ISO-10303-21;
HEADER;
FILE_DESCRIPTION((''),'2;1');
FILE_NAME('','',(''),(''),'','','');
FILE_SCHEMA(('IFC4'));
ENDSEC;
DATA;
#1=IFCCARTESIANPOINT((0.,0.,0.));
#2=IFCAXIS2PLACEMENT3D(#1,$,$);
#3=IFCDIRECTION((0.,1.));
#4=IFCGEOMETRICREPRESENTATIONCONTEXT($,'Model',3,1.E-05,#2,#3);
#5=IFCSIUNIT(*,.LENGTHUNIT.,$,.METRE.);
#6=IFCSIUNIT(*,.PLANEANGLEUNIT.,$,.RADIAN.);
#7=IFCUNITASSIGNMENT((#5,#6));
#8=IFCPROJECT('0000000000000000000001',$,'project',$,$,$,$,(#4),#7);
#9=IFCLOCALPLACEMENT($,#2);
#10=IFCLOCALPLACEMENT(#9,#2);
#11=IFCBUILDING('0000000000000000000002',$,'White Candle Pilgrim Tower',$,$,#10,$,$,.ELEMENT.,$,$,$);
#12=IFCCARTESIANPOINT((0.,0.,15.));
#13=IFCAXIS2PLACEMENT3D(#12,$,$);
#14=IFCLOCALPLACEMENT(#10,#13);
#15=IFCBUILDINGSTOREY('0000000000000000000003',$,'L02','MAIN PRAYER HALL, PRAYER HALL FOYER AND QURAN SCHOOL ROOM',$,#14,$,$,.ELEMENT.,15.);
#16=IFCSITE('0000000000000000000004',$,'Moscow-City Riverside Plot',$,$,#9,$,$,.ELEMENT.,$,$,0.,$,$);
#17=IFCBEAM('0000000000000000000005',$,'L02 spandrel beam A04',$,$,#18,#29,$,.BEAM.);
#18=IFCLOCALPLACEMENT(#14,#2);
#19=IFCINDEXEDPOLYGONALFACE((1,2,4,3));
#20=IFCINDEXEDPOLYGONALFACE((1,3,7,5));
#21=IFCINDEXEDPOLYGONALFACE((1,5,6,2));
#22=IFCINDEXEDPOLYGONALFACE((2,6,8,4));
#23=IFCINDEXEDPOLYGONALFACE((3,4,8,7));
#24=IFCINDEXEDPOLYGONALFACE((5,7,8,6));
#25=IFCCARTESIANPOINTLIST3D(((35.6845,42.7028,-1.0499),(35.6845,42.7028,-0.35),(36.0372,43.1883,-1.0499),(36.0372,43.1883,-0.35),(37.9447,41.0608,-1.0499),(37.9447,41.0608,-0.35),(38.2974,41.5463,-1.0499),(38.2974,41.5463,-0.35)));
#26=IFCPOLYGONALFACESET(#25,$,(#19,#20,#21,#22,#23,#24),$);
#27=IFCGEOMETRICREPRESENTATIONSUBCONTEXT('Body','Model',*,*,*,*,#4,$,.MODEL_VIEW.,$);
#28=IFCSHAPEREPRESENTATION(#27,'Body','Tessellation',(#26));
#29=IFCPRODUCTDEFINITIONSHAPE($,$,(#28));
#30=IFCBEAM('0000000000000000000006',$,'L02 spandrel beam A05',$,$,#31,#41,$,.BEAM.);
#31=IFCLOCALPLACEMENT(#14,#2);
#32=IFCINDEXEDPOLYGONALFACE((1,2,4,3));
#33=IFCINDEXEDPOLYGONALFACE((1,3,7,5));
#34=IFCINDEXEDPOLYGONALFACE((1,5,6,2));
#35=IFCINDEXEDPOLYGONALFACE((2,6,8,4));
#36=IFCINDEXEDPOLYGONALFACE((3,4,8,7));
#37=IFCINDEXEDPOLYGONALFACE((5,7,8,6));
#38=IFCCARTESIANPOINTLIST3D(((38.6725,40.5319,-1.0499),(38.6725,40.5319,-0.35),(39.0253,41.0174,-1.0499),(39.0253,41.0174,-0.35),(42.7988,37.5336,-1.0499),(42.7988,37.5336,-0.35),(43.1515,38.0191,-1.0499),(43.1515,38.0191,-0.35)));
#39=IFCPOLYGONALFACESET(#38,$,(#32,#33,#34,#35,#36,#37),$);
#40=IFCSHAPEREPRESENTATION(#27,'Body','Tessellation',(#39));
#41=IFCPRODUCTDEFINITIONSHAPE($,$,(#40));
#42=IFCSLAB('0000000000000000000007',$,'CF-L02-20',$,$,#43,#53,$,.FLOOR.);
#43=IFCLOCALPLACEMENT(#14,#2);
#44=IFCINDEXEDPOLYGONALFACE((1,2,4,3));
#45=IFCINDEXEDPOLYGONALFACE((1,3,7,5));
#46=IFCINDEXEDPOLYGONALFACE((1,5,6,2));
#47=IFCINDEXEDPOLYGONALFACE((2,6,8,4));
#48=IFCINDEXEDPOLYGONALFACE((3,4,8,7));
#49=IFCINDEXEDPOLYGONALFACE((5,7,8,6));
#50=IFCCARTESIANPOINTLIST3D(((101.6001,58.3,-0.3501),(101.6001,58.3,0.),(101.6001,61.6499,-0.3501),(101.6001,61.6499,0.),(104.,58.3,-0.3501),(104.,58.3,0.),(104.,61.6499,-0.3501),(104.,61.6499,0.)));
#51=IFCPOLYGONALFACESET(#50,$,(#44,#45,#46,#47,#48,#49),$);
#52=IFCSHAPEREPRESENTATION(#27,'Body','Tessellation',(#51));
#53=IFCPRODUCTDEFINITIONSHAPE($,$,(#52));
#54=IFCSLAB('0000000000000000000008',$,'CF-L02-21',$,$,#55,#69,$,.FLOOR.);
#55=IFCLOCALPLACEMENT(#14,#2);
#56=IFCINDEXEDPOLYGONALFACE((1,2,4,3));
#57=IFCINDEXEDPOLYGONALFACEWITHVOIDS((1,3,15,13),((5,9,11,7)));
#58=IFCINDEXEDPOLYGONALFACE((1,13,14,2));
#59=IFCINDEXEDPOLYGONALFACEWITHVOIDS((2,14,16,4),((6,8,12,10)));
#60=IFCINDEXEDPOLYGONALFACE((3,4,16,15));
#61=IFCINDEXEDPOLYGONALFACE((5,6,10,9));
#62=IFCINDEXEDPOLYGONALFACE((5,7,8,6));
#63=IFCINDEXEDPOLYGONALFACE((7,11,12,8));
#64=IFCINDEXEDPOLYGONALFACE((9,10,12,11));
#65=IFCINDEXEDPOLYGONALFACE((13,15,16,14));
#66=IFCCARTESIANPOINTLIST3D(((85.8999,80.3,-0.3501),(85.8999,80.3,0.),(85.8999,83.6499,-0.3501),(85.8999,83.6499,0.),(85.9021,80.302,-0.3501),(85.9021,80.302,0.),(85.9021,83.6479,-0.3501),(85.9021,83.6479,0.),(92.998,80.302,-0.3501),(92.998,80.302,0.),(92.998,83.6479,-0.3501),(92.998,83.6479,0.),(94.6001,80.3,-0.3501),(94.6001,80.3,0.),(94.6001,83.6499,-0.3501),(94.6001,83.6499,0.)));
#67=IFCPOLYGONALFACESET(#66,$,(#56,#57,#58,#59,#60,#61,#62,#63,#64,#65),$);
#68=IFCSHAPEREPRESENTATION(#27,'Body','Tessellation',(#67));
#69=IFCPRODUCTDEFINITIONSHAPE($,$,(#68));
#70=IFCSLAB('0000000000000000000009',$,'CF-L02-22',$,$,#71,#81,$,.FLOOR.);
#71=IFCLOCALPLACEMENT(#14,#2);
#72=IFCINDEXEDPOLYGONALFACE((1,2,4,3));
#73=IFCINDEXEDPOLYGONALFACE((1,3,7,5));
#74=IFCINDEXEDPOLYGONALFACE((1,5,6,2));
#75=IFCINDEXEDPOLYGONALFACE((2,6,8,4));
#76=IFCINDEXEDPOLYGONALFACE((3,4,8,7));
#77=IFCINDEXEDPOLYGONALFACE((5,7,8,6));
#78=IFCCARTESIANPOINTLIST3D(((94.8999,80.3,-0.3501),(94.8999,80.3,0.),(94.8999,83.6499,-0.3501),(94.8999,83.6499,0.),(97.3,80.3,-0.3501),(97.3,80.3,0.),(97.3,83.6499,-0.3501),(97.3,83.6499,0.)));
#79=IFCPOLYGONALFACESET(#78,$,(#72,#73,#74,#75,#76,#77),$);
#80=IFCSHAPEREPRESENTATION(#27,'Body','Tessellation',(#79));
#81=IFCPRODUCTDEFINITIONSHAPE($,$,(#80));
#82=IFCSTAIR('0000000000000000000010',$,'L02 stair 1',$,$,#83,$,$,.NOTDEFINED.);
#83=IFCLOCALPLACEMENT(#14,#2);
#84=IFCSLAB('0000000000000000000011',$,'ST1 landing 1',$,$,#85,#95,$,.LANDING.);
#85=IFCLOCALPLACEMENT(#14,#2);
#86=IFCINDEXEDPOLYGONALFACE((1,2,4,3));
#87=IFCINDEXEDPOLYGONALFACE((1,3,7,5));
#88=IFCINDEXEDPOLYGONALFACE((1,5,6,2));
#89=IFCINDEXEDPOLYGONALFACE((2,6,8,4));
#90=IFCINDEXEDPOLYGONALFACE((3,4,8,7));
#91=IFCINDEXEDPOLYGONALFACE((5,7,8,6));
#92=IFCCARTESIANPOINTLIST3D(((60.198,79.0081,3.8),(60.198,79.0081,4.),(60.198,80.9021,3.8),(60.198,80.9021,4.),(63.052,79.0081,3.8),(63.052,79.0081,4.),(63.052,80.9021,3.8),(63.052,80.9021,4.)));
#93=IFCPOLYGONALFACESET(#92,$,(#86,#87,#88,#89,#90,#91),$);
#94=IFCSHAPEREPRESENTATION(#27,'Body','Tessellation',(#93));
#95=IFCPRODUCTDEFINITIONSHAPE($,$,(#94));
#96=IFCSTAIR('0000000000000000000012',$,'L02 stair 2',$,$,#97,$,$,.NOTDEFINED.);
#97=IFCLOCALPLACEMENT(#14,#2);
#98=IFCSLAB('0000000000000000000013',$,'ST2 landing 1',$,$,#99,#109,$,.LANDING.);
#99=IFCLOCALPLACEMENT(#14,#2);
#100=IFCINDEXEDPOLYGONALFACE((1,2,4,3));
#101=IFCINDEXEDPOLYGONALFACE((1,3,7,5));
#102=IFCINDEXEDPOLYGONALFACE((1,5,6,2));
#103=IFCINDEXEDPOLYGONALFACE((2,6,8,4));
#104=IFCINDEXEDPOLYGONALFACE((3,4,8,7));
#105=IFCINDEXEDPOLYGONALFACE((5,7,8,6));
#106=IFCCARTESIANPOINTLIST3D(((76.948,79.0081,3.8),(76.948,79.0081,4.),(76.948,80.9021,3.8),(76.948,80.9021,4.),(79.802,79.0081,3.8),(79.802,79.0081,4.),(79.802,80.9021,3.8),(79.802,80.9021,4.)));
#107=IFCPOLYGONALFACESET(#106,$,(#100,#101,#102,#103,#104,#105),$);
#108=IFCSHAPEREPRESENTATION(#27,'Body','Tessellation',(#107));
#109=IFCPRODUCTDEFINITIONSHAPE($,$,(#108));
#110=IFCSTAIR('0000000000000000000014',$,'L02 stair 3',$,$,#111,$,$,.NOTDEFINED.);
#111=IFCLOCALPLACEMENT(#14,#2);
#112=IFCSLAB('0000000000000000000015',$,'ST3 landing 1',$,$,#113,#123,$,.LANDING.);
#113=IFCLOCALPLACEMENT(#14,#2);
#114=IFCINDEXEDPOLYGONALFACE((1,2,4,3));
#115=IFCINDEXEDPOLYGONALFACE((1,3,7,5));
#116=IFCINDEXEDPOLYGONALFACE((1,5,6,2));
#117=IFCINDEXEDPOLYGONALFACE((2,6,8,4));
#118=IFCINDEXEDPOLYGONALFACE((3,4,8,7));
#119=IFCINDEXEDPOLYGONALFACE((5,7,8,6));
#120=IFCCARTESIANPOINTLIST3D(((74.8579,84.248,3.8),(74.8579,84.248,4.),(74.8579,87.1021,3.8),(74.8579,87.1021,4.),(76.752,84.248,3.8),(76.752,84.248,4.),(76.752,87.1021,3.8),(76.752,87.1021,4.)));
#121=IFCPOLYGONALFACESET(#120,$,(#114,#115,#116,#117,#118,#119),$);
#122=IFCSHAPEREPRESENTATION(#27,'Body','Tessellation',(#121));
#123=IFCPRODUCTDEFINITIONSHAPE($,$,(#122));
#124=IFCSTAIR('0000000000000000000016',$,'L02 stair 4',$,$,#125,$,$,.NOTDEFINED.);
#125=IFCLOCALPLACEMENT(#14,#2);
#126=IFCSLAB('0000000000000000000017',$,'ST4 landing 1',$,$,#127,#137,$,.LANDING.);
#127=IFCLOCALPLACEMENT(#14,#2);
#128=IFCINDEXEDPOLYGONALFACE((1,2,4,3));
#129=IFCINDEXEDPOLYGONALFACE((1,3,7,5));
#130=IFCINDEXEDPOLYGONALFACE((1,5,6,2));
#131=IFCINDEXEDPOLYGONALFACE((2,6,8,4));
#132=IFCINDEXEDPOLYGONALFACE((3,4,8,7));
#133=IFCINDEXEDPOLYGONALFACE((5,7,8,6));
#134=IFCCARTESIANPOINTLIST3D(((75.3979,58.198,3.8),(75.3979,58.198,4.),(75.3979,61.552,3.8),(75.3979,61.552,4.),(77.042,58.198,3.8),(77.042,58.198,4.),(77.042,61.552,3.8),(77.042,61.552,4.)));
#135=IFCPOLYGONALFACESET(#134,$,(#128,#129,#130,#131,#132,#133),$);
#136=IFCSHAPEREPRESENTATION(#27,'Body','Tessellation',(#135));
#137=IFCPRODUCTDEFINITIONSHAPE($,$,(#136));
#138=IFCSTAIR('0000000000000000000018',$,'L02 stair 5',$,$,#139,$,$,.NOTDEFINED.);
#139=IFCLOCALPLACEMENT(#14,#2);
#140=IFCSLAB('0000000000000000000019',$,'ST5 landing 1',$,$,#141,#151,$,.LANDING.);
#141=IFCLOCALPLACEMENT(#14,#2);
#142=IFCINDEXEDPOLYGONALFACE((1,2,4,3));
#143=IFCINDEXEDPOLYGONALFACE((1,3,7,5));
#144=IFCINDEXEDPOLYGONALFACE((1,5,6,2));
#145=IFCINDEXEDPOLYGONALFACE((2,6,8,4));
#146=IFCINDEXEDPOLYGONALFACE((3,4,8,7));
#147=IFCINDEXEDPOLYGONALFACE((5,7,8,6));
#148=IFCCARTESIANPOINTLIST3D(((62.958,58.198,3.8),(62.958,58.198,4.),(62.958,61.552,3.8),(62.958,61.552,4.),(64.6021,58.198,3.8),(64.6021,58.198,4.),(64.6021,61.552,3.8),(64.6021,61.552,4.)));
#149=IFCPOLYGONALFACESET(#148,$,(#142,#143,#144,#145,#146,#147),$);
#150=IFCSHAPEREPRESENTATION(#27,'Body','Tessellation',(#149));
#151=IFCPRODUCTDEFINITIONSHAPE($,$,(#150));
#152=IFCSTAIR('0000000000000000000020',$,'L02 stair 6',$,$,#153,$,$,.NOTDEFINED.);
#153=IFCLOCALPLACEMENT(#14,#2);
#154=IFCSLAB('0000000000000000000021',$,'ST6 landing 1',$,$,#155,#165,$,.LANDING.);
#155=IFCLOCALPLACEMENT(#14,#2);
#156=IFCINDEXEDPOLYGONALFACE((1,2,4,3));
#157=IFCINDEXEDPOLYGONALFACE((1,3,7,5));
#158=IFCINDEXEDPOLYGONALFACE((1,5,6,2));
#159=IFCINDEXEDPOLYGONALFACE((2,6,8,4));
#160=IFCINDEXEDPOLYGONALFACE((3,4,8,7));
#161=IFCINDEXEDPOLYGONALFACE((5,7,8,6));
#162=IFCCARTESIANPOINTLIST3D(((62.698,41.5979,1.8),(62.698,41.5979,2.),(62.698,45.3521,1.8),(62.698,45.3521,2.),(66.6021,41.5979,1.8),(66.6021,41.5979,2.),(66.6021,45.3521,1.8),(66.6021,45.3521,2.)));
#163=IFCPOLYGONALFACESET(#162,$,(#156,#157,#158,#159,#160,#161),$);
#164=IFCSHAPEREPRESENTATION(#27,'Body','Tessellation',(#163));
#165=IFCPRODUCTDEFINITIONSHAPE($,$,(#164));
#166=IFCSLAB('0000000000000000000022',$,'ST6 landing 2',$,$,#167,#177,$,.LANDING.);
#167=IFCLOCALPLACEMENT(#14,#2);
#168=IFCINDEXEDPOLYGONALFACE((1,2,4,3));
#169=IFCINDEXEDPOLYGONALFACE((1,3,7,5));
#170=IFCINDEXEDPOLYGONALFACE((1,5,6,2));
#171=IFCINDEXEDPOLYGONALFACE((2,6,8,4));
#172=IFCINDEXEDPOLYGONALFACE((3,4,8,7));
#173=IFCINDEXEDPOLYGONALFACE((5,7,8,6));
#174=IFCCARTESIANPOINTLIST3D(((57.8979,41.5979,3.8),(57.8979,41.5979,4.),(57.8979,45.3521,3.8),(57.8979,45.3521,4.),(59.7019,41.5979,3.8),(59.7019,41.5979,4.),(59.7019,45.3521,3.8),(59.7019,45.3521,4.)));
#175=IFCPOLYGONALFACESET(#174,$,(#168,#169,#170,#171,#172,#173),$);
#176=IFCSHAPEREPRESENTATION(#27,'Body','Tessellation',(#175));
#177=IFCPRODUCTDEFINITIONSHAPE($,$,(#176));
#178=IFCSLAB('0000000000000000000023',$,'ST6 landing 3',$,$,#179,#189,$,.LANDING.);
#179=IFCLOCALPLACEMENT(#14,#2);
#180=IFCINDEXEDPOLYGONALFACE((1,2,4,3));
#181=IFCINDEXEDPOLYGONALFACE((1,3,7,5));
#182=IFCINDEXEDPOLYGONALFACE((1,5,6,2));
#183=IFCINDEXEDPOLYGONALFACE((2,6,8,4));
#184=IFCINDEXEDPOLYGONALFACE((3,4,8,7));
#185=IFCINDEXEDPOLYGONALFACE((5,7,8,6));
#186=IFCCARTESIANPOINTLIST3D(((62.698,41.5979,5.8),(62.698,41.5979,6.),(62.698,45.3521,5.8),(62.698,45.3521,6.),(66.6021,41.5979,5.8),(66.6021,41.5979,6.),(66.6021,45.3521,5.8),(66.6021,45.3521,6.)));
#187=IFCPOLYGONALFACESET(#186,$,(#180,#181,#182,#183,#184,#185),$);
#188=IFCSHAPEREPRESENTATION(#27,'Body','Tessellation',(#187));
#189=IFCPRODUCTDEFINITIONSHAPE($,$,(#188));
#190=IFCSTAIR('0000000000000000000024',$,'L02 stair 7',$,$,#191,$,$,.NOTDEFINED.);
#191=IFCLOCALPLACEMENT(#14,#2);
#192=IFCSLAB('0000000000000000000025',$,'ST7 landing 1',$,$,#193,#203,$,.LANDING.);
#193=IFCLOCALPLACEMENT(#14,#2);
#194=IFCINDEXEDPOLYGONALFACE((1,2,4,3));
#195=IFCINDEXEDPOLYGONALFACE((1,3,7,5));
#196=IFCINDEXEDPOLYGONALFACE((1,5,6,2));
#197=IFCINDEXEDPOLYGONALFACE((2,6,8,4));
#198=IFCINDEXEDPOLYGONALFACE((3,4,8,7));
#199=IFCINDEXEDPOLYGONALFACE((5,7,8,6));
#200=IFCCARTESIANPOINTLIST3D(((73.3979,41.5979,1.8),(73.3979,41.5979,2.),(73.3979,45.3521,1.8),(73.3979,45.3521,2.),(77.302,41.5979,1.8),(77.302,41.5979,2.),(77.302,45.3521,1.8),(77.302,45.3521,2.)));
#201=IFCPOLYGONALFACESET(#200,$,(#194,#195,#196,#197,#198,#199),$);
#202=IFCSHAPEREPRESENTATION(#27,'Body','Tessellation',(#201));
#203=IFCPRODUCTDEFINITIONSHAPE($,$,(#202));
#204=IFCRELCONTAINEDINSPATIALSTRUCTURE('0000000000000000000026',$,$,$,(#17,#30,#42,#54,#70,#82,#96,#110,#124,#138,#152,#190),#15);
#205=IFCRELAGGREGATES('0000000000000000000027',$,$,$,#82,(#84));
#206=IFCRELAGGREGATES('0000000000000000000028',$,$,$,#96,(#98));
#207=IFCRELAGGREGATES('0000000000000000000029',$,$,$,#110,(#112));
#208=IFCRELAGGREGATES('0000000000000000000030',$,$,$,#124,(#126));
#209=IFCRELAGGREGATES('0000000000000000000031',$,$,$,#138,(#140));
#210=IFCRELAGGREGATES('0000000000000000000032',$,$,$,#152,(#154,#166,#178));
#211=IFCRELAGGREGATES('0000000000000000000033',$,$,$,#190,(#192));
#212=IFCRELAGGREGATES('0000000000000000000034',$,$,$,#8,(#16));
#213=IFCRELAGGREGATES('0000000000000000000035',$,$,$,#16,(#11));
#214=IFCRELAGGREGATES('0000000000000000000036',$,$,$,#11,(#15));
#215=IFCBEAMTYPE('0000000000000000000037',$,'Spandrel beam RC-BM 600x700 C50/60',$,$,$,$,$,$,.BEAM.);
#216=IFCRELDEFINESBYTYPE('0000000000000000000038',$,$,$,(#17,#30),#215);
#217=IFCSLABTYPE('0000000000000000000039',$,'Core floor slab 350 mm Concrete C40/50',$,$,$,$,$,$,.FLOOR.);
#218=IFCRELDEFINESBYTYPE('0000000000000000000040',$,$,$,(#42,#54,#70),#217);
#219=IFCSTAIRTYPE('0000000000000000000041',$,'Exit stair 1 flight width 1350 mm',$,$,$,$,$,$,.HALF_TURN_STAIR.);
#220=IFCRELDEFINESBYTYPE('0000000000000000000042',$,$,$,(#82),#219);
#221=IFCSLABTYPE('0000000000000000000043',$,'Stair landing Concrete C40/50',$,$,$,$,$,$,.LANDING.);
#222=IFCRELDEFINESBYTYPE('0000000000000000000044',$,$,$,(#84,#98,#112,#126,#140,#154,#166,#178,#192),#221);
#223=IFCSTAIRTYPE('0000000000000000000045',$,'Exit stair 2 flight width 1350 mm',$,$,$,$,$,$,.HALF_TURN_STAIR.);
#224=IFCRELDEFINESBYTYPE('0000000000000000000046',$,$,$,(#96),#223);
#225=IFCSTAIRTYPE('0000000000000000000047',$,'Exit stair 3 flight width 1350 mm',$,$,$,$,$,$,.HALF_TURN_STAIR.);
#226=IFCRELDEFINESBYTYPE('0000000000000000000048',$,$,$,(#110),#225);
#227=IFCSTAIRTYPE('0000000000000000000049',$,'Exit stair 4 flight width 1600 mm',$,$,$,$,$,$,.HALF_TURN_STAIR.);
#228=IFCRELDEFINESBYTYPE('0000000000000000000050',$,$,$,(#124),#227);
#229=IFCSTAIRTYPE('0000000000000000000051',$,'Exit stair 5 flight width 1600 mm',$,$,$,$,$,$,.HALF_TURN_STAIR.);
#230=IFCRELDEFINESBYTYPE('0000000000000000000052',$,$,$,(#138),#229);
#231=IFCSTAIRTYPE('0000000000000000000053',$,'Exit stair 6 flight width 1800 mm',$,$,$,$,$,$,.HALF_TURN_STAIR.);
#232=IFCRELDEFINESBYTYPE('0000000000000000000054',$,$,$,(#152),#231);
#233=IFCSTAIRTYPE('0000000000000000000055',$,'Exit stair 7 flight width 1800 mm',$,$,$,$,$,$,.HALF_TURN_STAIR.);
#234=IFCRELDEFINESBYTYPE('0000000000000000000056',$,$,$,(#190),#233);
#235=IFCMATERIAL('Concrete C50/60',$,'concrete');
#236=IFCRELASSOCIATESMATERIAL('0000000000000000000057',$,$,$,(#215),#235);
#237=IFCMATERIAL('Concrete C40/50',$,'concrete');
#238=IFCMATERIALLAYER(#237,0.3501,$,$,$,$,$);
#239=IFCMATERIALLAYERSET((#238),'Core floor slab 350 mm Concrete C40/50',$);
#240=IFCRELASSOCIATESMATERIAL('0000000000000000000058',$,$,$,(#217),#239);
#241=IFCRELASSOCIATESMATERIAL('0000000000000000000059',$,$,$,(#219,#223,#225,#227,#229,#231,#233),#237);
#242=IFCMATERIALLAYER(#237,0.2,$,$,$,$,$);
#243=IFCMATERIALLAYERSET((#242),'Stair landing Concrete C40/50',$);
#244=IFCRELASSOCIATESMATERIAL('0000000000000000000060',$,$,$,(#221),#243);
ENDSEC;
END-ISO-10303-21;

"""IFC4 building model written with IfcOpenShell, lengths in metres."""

from ifc_helpers import new_model, si_unit, direction, frame, origin, origin_2d, place, context, subcontext, project, spatial, polyline, rectangle, outline, extrude, material, layer, layer_set, material_profile, profile_set, type_object, element, aggregate, save


model = new_model("IFC4")

# Units and contexts
model_context = context("Model", 3, precision=1e-05, world=origin(), true_north=direction((0.0, 1.0)))
body_context = subcontext(model_context, "Body", "Model", "MODEL_VIEW")
ifc_project = project(units=[si_unit("LENGTHUNIT", "METRE"), si_unit("PLANEANGLEUNIT", "RADIAN")], contexts=[model_context])

# Site, building, storey
site_placement = place(None, origin())
site = spatial("IfcSite", under=ifc_project, at=site_placement, Name="Moscow-City Riverside Plot", CompositionType="ELEMENT", RefElevation=0.0)
building_placement = place(site_placement, origin())
building = spatial("IfcBuilding", under=site, at=building_placement, Name="White Candle Pilgrim Tower", CompositionType="ELEMENT")
storey_placement = place(building_placement, frame((0.0, 0.0, 15.0)))
storey = spatial("IfcBuildingStorey", under=building, at=storey_placement, Name="L02", Description="MAIN PRAYER HALL, PRAYER HALL FOYER AND QURAN SCHOOL ROOM", CompositionType="ELEMENT", Elevation=15.0)

# Beams
ifc_material_1 = material(Name="Concrete C50/60", Category="concrete")
ifc_material_profile = material_profile(ifc_material_1, rectangle(XDim=0.6001, YDim=0.7, at=origin_2d()), Name="RC-BM 600x700")
ifc_profile_set = profile_set([ifc_material_profile], Name="Concrete C50/60")
beam_type = type_object("IfcBeamType", Name="Spandrel beam RC-BM 600x700 C50/60", PredefinedType="BEAM", material=ifc_profile_set)
beam_1_placement = place(storey_placement, frame((35.8608, 42.9456, -0.7), z_axis=(0.809031, -0.587766, 0.0), x_axis=(0.587766, 0.809031, 0.0)))
element("IfcBeam", 1, at=beam_1_placement, inside=storey, type_object=beam_type, Name="L02 spandrel beam A04", PredefinedType="BEAM", context=body_context, shape_type="SweptSolid", body=[
    extrude(rectangle(XDim=0.6001, YDim=0.7, at=origin_2d()), origin(), (0.0, 0.0, 1.0), 2.7937),
])
beam_2_placement = place(storey_placement, frame((38.8489, 40.7747, -0.7), z_axis=(0.808978, -0.587839, 0.0), x_axis=(0.587839, 0.808978, 0.0)))
element("IfcBeam", 2, at=beam_2_placement, inside=storey, type_object=beam_type, Name="L02 spandrel beam A05", PredefinedType="BEAM", context=body_context, shape_type="SweptSolid", body=[
    extrude(rectangle(XDim=0.6001, YDim=0.7, at=origin_2d()), origin(), (0.0, 0.0, 1.0), 5.1006),
])

# Slabs
ifc_material_2 = material(Name="Concrete C40/50", Category="concrete")
ifc_layer_1 = layer(ifc_material_2, 0.3501)
ifc_layer_set_1 = layer_set([ifc_layer_1], Name="Core floor slab 350 mm Concrete C40/50")
slab_type_1 = type_object("IfcSlabType", Name="Core floor slab 350 mm Concrete C40/50", PredefinedType="FLOOR", material=ifc_layer_set_1)
slab_1_placement = place(storey_placement, frame((0.0, 0.0, -0.3501)))
element("IfcSlab", 3, at=slab_1_placement, inside=storey, type_object=slab_type_1, Name="CF-L02-20", PredefinedType="FLOOR", context=body_context, shape_type="SweptSolid", body=[
    extrude(outline(polyline([(101.6001, 61.6499), (104.0, 61.6499), (104.0, 58.3), (101.6001, 58.3), (101.6001, 61.6499)])), origin(), (0.0, 0.0, 1.0), 0.3501),
])
slab_2_placement = place(storey_placement, frame((0.0, 0.0, -0.3501)))
element("IfcSlab", 4, at=slab_2_placement, inside=storey, type_object=slab_type_1, Name="CF-L02-21", PredefinedType="FLOOR", context=body_context, shape_type="SweptSolid", body=[
    extrude(outline(polyline([(94.6001, 83.6499), (94.6001, 80.3), (85.8999, 80.3), (85.8999, 83.6499), (94.6001, 83.6499)]), holes=[polyline([(85.9021, 80.302), (92.998, 80.302), (92.998, 83.6479), (85.9021, 83.6479), (85.9021, 80.302)])]), origin(), (0.0, 0.0, 1.0), 0.3501),
])
slab_3_placement = place(storey_placement, frame((0.0, 0.0, -0.3501)))
element("IfcSlab", 5, at=slab_3_placement, inside=storey, type_object=slab_type_1, Name="CF-L02-22", PredefinedType="FLOOR", context=body_context, shape_type="SweptSolid", body=[
    extrude(outline(polyline([(97.3, 83.6499), (97.3, 80.3), (94.8999, 80.3), (94.8999, 83.6499), (97.3, 83.6499)])), origin(), (0.0, 0.0, 1.0), 0.3501),
])

# Stairs, slabs
stair_type_1 = type_object("IfcStairType", Name="Exit stair 1 flight width 1350 mm", PredefinedType="HALF_TURN_STAIR", material=ifc_material_2)
stair_1_placement = place(storey_placement, origin())
stair_1 = element("IfcStair", 6, at=stair_1_placement, inside=storey, type_object=stair_type_1, Name="L02 stair 1", PredefinedType="NOTDEFINED")
ifc_layer_2 = layer(ifc_material_2, 0.2)
ifc_layer_set_2 = layer_set([ifc_layer_2], Name="Stair landing Concrete C40/50")
slab_type_2 = type_object("IfcSlabType", Name="Stair landing Concrete C40/50", PredefinedType="LANDING", material=ifc_layer_set_2)
slab_4_placement = place(storey_placement, frame((0.0, 0.0, 3.8)))
slab_4 = element("IfcSlab", 7, at=slab_4_placement, type_object=slab_type_2, Name="ST1 landing 1", PredefinedType="LANDING", context=body_context, shape_type="SweptSolid", body=[
    extrude(outline(polyline([(63.052, 79.0081), (60.198, 79.0081), (60.198, 80.9021), (63.052, 80.9021), (63.052, 79.0081)])), origin(), (0.0, 0.0, 1.0), 0.2),
])
aggregate(stair_1, [slab_4])
stair_type_2 = type_object("IfcStairType", Name="Exit stair 2 flight width 1350 mm", PredefinedType="HALF_TURN_STAIR", material=ifc_material_2)
stair_2_placement = place(storey_placement, origin())
stair_2 = element("IfcStair", 8, at=stair_2_placement, inside=storey, type_object=stair_type_2, Name="L02 stair 2", PredefinedType="NOTDEFINED")
slab_5_placement = place(storey_placement, frame((0.0, 0.0, 3.8)))
slab_5 = element("IfcSlab", 9, at=slab_5_placement, type_object=slab_type_2, Name="ST2 landing 1", PredefinedType="LANDING", context=body_context, shape_type="SweptSolid", body=[
    extrude(outline(polyline([(79.802, 79.0081), (76.948, 79.0081), (76.948, 80.9021), (79.802, 80.9021), (79.802, 79.0081)])), origin(), (0.0, 0.0, 1.0), 0.2),
])
aggregate(stair_2, [slab_5])
stair_type_3 = type_object("IfcStairType", Name="Exit stair 3 flight width 1350 mm", PredefinedType="HALF_TURN_STAIR", material=ifc_material_2)
stair_3_placement = place(storey_placement, origin())
stair_3 = element("IfcStair", 10, at=stair_3_placement, inside=storey, type_object=stair_type_3, Name="L02 stair 3", PredefinedType="NOTDEFINED")
slab_6_placement = place(storey_placement, frame((0.0, 0.0, 3.8)))
slab_6 = element("IfcSlab", 11, at=slab_6_placement, type_object=slab_type_2, Name="ST3 landing 1", PredefinedType="LANDING", context=body_context, shape_type="SweptSolid", body=[
    extrude(outline(polyline([(74.8579, 84.248), (74.8579, 87.1021), (76.752, 87.1021), (76.752, 84.248), (74.8579, 84.248)])), origin(), (0.0, 0.0, 1.0), 0.2),
])
aggregate(stair_3, [slab_6])
stair_type_4 = type_object("IfcStairType", Name="Exit stair 4 flight width 1600 mm", PredefinedType="HALF_TURN_STAIR", material=ifc_material_2)
stair_4_placement = place(storey_placement, origin())
stair_4 = element("IfcStair", 12, at=stair_4_placement, inside=storey, type_object=stair_type_4, Name="L02 stair 4", PredefinedType="NOTDEFINED")
slab_7_placement = place(storey_placement, frame((0.0, 0.0, 3.8)))
slab_7 = element("IfcSlab", 13, at=slab_7_placement, type_object=slab_type_2, Name="ST4 landing 1", PredefinedType="LANDING", context=body_context, shape_type="SweptSolid", body=[
    extrude(outline(polyline([(77.042, 61.552), (77.042, 58.198), (75.3979, 58.198), (75.3979, 61.552), (77.042, 61.552)])), origin(), (0.0, 0.0, 1.0), 0.2),
])
aggregate(stair_4, [slab_7])
stair_type_5 = type_object("IfcStairType", Name="Exit stair 5 flight width 1600 mm", PredefinedType="HALF_TURN_STAIR", material=ifc_material_2)
stair_5_placement = place(storey_placement, origin())
stair_5 = element("IfcStair", 14, at=stair_5_placement, inside=storey, type_object=stair_type_5, Name="L02 stair 5", PredefinedType="NOTDEFINED")
slab_8_placement = place(storey_placement, frame((0.0, 0.0, 3.8)))
slab_8 = element("IfcSlab", 15, at=slab_8_placement, type_object=slab_type_2, Name="ST5 landing 1", PredefinedType="LANDING", context=body_context, shape_type="SweptSolid", body=[
    extrude(outline(polyline([(62.958, 58.198), (62.958, 61.552), (64.6021, 61.552), (64.6021, 58.198), (62.958, 58.198)])), origin(), (0.0, 0.0, 1.0), 0.2),
])
aggregate(stair_5, [slab_8])

# Stairs, slabs
stair_type_6 = type_object("IfcStairType", Name="Exit stair 6 flight width 1800 mm", PredefinedType="HALF_TURN_STAIR", material=ifc_material_2)
stair_6_placement = place(storey_placement, origin())
stair_6 = element("IfcStair", 16, at=stair_6_placement, inside=storey, type_object=stair_type_6, Name="L02 stair 6", PredefinedType="NOTDEFINED")
slab_9_placement = place(storey_placement, frame((0.0, 0.0, 1.8)))
slab_9 = element("IfcSlab", 17, at=slab_9_placement, type_object=slab_type_2, Name="ST6 landing 1", PredefinedType="LANDING", context=body_context, shape_type="SweptSolid", body=[
    extrude(outline(polyline([(62.698, 41.5979), (62.698, 45.3521), (66.6021, 45.3521), (66.6021, 41.5979), (62.698, 41.5979)])), origin(), (0.0, 0.0, 1.0), 0.2),
])
slab_10_placement = place(storey_placement, frame((0.0, 0.0, 3.8)))
slab_10 = element("IfcSlab", 18, at=slab_10_placement, type_object=slab_type_2, Name="ST6 landing 2", PredefinedType="LANDING", context=body_context, shape_type="SweptSolid", body=[
    extrude(outline(polyline([(57.8979, 41.5979), (57.8979, 45.3521), (59.7019, 45.3521), (59.7019, 41.5979), (57.8979, 41.5979)])), origin(), (0.0, 0.0, 1.0), 0.2),
])
slab_11_placement = place(storey_placement, frame((0.0, 0.0, 5.8)))
slab_11 = element("IfcSlab", 19, at=slab_11_placement, type_object=slab_type_2, Name="ST6 landing 3", PredefinedType="LANDING", context=body_context, shape_type="SweptSolid", body=[
    extrude(outline(polyline([(62.698, 41.5979), (62.698, 45.3521), (66.6021, 45.3521), (66.6021, 41.5979), (62.698, 41.5979)])), origin(), (0.0, 0.0, 1.0), 0.2),
])
aggregate(stair_6, [slab_9, slab_10, slab_11])
stair_type_7 = type_object("IfcStairType", Name="Exit stair 7 flight width 1800 mm", PredefinedType="HALF_TURN_STAIR", material=ifc_material_2)
stair_7_placement = place(storey_placement, origin())
stair_7 = element("IfcStair", 20, at=stair_7_placement, inside=storey, type_object=stair_type_7, Name="L02 stair 7", PredefinedType="NOTDEFINED")
slab_12_placement = place(storey_placement, frame((0.0, 0.0, 1.8)))
slab_12 = element("IfcSlab", 21, at=slab_12_placement, type_object=slab_type_2, Name="ST7 landing 1", PredefinedType="LANDING", context=body_context, shape_type="SweptSolid", body=[
    extrude(outline(polyline([(77.302, 45.3521), (77.302, 41.5979), (73.3979, 41.5979), (73.3979, 45.3521), (77.302, 45.3521)])), origin(), (0.0, 0.0, 1.0), 0.2),
])
aggregate(stair_7, [slab_12])

save(model, "model.ifc")
